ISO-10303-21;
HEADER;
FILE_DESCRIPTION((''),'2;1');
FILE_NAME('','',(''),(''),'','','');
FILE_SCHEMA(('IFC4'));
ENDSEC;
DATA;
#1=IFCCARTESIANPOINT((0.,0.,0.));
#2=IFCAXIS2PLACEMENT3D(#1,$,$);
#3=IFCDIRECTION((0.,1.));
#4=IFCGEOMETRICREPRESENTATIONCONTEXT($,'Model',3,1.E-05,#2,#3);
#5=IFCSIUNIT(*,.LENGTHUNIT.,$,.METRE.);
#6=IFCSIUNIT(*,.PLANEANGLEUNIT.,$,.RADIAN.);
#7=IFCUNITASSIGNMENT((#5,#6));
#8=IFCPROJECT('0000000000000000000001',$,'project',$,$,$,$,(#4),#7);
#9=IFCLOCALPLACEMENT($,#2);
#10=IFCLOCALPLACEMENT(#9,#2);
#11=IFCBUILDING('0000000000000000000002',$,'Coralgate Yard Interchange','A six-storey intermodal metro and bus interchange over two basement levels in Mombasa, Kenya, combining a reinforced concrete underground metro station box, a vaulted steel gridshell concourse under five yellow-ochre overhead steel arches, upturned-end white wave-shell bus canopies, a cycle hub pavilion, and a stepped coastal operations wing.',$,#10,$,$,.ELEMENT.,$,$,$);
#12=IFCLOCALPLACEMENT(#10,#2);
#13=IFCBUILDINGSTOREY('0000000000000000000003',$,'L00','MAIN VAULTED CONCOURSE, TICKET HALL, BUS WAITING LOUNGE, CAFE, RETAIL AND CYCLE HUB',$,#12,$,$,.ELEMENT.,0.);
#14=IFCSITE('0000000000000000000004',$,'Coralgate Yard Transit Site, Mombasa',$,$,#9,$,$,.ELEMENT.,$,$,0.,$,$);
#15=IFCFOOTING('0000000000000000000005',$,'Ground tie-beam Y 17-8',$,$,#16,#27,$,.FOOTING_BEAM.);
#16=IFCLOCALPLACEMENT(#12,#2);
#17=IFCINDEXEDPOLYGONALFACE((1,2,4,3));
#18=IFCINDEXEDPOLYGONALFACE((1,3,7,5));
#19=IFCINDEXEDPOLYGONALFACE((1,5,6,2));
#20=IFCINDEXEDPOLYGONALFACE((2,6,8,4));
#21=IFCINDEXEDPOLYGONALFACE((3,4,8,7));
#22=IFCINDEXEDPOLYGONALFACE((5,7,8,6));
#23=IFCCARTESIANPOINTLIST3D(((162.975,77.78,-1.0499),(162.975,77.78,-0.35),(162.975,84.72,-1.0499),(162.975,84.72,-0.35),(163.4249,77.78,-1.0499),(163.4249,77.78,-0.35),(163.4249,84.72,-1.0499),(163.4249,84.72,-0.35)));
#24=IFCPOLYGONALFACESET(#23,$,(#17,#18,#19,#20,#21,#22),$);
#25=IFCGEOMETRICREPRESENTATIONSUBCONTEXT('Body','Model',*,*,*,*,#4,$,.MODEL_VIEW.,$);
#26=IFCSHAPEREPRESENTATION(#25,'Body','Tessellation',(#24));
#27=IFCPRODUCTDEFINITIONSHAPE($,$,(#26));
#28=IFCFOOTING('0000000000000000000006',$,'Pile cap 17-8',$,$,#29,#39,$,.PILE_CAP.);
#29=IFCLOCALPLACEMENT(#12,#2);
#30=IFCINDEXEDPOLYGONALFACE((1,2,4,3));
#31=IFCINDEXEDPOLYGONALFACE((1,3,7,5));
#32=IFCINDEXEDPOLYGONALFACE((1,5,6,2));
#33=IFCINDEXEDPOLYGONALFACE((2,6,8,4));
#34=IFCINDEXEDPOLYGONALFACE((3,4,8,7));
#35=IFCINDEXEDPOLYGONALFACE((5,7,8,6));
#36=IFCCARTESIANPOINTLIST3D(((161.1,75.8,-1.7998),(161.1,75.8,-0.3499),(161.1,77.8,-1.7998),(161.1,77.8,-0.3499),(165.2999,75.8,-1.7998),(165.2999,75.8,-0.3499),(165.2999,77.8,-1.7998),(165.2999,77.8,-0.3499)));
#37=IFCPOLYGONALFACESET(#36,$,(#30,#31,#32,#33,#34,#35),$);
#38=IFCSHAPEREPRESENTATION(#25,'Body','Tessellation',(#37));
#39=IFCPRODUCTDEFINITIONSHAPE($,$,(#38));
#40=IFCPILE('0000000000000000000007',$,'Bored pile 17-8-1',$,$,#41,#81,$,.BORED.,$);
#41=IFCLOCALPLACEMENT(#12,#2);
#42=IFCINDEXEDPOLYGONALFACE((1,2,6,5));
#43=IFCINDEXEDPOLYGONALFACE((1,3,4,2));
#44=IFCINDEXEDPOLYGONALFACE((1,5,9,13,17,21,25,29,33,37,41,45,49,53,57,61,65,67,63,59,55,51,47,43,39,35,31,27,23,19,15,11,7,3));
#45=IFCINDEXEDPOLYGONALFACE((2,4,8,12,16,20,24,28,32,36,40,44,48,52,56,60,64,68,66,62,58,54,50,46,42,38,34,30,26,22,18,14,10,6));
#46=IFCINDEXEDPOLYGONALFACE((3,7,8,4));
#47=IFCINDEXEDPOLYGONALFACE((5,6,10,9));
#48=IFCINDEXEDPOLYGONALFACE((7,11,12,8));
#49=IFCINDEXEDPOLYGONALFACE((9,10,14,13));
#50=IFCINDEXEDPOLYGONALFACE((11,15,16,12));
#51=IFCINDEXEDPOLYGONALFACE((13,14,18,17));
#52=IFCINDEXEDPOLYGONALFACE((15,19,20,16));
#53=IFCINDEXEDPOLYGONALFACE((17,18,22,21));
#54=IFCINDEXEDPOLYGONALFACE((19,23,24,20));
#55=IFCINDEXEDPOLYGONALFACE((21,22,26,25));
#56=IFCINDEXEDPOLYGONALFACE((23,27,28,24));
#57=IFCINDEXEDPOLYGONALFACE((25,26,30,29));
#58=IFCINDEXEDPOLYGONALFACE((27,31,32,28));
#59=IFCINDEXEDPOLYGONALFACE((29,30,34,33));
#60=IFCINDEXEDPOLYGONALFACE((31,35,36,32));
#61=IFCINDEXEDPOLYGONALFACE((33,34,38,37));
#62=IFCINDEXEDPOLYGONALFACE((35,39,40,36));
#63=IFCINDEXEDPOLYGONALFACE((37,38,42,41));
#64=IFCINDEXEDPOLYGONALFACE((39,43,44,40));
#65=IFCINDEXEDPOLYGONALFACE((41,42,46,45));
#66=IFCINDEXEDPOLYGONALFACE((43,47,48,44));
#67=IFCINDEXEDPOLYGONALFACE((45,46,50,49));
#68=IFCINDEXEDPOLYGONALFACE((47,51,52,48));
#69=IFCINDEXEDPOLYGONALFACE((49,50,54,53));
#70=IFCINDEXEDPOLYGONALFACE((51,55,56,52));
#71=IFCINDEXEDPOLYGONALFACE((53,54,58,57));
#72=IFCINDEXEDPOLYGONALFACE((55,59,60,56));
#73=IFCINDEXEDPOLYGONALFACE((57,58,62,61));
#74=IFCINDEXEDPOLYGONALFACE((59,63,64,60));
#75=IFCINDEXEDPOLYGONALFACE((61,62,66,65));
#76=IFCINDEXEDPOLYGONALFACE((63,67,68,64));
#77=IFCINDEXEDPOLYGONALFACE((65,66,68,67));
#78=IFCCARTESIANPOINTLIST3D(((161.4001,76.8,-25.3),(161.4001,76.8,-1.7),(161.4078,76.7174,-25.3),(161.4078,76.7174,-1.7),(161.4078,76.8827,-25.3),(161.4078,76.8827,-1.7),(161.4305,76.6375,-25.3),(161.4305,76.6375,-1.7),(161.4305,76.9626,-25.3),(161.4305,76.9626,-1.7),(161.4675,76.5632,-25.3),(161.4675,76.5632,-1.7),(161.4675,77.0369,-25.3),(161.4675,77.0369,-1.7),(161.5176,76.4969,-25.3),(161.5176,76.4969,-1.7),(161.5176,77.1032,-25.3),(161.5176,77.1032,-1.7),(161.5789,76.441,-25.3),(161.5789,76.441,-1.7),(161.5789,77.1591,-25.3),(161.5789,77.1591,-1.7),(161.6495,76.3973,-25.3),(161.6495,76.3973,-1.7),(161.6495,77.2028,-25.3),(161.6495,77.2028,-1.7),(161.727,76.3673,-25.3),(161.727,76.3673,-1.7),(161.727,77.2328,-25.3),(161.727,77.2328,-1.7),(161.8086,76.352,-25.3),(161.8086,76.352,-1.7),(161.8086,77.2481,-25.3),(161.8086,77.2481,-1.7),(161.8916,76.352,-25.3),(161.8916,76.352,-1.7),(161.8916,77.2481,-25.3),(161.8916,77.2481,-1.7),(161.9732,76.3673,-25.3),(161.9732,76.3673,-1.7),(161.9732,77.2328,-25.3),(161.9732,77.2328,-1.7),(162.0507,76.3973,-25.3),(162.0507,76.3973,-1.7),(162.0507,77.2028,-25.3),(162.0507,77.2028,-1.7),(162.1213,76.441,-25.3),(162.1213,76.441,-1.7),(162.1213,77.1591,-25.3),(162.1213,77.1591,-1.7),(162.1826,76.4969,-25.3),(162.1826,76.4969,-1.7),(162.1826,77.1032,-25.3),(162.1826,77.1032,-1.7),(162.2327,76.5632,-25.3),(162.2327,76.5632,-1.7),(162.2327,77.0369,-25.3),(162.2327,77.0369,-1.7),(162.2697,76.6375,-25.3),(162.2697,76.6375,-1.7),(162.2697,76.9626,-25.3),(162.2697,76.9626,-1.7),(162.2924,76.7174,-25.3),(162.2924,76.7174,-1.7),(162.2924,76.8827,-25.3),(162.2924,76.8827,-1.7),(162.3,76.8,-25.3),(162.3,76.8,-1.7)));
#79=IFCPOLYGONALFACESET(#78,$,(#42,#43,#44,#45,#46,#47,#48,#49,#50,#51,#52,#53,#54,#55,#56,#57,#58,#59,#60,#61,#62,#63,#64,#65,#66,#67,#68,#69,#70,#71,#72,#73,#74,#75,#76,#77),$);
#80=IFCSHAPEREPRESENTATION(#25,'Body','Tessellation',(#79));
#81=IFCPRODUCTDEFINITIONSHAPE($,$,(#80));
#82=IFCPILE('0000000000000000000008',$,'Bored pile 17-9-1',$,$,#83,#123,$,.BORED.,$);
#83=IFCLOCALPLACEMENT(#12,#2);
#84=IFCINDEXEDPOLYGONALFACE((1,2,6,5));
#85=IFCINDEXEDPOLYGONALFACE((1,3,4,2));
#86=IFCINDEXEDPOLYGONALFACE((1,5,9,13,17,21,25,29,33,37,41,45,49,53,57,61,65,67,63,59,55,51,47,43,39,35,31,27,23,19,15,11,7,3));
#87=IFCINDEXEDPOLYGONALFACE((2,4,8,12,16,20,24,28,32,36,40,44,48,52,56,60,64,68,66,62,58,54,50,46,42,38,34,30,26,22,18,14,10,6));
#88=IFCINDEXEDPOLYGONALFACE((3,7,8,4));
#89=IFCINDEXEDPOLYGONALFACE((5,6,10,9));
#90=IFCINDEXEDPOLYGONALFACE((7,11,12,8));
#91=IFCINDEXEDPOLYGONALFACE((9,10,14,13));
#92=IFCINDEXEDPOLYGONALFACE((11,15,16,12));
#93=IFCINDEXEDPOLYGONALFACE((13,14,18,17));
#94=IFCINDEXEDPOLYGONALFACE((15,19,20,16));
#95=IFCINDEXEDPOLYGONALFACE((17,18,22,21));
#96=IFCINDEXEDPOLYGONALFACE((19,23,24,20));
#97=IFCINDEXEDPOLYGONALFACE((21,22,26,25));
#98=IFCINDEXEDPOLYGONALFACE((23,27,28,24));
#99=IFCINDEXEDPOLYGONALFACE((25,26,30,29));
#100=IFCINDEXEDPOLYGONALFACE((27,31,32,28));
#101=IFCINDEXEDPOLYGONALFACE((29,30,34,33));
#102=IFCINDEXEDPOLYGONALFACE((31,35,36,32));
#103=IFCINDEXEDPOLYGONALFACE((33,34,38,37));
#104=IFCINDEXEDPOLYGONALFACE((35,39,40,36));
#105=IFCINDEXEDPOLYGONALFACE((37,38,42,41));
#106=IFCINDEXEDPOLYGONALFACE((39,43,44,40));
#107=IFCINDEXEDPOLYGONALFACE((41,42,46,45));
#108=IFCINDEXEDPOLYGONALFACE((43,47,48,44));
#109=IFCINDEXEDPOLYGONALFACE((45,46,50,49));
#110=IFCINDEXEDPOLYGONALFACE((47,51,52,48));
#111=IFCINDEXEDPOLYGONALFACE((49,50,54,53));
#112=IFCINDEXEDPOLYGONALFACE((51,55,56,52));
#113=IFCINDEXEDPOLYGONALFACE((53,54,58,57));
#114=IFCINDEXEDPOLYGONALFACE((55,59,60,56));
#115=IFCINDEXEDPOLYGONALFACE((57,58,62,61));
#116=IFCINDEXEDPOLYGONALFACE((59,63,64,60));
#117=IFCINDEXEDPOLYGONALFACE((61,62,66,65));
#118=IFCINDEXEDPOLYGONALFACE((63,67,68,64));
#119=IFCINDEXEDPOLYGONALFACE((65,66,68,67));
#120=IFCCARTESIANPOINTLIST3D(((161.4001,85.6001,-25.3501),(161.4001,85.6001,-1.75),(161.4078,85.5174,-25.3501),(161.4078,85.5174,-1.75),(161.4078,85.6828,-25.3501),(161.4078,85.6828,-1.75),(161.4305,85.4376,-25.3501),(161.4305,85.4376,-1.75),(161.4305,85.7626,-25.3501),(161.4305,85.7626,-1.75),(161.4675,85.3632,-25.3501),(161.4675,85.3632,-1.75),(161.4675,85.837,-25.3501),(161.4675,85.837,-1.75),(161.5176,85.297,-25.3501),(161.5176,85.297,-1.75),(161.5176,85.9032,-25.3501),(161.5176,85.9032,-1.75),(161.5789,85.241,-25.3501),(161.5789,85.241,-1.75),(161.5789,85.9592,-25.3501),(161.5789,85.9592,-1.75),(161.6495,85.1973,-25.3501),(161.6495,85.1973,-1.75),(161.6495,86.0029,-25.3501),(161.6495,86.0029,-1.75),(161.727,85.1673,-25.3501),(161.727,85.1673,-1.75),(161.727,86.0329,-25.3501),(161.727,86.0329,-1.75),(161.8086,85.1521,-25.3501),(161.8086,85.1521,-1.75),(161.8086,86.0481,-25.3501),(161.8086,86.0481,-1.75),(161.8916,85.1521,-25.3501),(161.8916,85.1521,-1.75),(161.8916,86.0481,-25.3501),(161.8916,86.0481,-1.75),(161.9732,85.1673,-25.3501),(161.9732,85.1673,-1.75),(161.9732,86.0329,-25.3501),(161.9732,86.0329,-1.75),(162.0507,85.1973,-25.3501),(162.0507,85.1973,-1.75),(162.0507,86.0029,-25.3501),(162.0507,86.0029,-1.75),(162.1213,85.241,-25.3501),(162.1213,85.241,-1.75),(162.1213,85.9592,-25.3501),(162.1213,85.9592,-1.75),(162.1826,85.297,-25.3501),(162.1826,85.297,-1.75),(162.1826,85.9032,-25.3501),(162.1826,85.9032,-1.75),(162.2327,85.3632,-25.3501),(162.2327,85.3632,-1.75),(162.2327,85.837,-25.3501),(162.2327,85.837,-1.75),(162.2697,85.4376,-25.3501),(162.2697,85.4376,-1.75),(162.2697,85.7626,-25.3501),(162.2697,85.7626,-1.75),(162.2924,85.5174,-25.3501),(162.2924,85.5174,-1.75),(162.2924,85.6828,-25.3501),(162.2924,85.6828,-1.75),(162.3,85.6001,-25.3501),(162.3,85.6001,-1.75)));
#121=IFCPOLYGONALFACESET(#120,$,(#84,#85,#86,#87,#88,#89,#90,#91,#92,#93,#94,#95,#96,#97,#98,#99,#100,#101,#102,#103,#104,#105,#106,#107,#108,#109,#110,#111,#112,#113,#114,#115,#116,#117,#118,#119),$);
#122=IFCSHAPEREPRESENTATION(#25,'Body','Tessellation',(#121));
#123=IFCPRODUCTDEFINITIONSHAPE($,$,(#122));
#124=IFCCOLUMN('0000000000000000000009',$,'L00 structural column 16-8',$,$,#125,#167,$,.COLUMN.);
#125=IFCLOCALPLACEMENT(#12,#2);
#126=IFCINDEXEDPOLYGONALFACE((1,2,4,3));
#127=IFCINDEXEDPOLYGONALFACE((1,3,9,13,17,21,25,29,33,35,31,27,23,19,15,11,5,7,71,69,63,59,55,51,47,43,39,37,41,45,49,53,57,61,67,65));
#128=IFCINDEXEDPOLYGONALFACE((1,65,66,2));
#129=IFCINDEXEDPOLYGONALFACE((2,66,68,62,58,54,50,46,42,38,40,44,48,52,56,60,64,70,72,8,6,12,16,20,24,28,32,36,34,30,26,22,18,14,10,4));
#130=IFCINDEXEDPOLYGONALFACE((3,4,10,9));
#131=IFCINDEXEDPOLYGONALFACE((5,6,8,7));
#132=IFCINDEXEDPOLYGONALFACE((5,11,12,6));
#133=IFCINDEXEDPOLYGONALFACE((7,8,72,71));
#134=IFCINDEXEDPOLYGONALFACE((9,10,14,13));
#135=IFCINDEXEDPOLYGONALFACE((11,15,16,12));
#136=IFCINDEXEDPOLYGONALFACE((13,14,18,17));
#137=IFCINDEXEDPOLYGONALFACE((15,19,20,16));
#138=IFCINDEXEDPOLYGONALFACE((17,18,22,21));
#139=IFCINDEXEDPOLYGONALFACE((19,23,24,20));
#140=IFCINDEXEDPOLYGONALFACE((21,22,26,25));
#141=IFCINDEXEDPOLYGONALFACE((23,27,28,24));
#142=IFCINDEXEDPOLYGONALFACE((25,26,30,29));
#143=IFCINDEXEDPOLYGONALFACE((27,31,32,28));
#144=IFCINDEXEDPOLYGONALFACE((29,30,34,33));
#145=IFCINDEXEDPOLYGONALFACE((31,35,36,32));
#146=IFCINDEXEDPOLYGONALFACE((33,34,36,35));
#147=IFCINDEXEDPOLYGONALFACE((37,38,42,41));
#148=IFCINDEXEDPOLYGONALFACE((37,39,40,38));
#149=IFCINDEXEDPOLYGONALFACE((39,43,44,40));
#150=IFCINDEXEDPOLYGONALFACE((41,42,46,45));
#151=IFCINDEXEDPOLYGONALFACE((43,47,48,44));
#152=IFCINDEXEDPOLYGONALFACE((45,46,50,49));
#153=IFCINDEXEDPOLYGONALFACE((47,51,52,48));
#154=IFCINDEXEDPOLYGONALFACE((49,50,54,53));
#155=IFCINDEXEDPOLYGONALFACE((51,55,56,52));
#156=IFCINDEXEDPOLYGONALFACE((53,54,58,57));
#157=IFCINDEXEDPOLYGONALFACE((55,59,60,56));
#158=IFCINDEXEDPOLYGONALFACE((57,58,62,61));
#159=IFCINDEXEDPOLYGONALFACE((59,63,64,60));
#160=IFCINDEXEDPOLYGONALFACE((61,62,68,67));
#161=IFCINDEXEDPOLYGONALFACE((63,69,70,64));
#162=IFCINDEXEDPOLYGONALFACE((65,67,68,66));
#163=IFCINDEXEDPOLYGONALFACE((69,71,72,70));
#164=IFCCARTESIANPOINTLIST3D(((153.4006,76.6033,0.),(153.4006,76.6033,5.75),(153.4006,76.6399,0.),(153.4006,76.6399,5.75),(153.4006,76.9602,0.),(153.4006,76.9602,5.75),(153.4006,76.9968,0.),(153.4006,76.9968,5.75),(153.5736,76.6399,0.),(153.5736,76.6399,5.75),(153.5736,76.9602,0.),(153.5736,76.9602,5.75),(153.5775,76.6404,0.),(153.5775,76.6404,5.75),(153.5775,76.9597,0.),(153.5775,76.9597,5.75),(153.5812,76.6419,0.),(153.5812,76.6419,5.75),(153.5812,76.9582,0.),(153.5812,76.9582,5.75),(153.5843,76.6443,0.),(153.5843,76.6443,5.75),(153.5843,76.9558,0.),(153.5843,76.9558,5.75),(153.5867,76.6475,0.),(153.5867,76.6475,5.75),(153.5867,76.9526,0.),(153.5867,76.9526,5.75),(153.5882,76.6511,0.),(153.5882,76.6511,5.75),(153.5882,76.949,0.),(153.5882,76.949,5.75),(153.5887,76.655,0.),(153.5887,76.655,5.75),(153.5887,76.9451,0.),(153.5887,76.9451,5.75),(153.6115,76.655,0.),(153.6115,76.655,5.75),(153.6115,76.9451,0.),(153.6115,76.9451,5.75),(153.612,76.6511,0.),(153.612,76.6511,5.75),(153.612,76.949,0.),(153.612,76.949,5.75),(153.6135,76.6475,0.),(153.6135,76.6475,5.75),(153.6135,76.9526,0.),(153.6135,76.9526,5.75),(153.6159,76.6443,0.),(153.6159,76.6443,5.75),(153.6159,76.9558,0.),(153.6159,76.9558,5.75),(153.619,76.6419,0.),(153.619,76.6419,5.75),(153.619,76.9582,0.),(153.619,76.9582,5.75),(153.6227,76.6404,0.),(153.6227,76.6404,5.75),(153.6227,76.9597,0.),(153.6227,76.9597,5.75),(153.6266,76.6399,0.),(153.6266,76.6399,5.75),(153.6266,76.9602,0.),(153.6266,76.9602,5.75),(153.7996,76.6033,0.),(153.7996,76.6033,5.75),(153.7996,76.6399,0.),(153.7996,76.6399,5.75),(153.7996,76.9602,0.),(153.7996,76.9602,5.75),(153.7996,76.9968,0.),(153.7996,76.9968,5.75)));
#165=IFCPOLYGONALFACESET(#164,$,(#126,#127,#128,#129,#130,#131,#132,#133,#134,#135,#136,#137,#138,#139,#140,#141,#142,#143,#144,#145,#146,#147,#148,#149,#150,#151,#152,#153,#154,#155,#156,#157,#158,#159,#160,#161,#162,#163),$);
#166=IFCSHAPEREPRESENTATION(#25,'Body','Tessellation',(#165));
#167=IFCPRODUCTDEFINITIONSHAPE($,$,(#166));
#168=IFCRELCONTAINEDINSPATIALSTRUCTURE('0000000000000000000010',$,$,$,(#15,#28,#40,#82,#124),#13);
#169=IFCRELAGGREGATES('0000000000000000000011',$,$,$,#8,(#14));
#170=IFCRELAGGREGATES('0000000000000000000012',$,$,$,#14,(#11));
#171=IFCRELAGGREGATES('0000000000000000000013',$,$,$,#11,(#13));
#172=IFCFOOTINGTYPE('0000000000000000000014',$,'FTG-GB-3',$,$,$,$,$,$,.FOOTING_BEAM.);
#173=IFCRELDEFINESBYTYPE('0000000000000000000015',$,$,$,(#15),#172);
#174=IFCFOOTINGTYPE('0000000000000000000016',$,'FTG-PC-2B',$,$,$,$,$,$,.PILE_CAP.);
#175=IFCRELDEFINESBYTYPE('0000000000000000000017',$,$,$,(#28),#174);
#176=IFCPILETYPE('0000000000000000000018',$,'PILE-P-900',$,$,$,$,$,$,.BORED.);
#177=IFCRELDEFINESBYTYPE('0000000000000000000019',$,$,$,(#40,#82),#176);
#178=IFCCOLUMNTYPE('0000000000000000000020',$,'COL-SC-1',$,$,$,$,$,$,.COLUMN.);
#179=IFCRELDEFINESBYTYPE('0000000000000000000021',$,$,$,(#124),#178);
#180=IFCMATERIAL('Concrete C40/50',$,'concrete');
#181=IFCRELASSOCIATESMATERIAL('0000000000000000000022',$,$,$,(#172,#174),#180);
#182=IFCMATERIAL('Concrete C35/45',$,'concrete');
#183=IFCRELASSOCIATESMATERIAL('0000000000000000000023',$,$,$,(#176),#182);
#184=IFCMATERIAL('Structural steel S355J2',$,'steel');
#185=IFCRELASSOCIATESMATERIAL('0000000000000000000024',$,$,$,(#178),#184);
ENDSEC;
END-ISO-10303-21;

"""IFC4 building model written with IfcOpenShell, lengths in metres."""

from ifc_helpers import new_model, si_unit, direction, frame, origin, origin_2d, place, context, subcontext, project, spatial, rectangle, circle, i_section, extrude, material, material_profile, profile_set, type_object, element, save


model = new_model("IFC4")

# Units and contexts
model_context = context("Model", 3, precision=1e-05, world=origin(), true_north=direction((0.0, 1.0)))
body_context = subcontext(model_context, "Body", "Model", "MODEL_VIEW")
ifc_project = project(units=[si_unit("LENGTHUNIT", "METRE"), si_unit("PLANEANGLEUNIT", "RADIAN")], contexts=[model_context])

# Site, building, storey
site_placement = place(None, origin())
site = spatial("IfcSite", under=ifc_project, at=site_placement, Name="Coralgate Yard Transit Site, Mombasa", CompositionType="ELEMENT", RefElevation=0.0)
building_placement = place(site_placement, origin())
building = spatial("IfcBuilding", under=site, at=building_placement, Name="Coralgate Yard Interchange", Description="A six-storey intermodal metro and bus interchange over two basement levels in Mombasa, Kenya, combining a reinforced concrete underground metro station box, a vaulted steel gridshell concourse under five yellow-ochre overhead steel arches, upturned-end white wave-shell bus canopies, a cycle hub pavilion, and a stepped coastal operations wing.", CompositionType="ELEMENT")
storey_placement = place(building_placement, origin())
storey = spatial("IfcBuildingStorey", under=building, at=storey_placement, Name="L00", Description="MAIN VAULTED CONCOURSE, TICKET HALL, BUS WAITING LOUNGE, CAFE, RETAIL AND CYCLE HUB", CompositionType="ELEMENT", Elevation=0.0)

# Footings
ifc_material_1 = material(Name="Concrete C40/50", Category="concrete")
ifc_material_profile_1 = material_profile(ifc_material_1, rectangle(XDim=0.45, YDim=0.7, at=origin_2d()), Name="RC 450x700")
ifc_profile_set_1 = profile_set([ifc_material_profile_1], Name="Concrete C40/50")
footing_type_1 = type_object("IfcFootingType", Name="FTG-GB-3", PredefinedType="FOOTING_BEAM", material=ifc_profile_set_1)
footing_1_placement = place(storey_placement, frame((163.2, 77.78, -0.7), z_axis=(0.0, 1.0, 0.0), x_axis=(-1.0, 0.0, 0.0)))
element("IfcFooting", 1, at=footing_1_placement, inside=storey, type_object=footing_type_1, Name="Ground tie-beam Y 17-8", PredefinedType="FOOTING_BEAM", context=body_context, shape_type="SweptSolid", body=[
    extrude(rectangle(XDim=0.45, YDim=0.7, at=origin_2d()), origin(), (0.0, 0.0, 1.0), 6.9399),
])
footing_type_2 = type_object("IfcFootingType", Name="FTG-PC-2B", PredefinedType="PILE_CAP", material=ifc_material_1)
footing_2_placement = place(storey_placement, frame((163.2, 76.8, -1.7998), z_axis=(0.0, 0.0, 1.0), x_axis=(1.0, 0.0, 0.0)))
element("IfcFooting", 2, at=footing_2_placement, inside=storey, type_object=footing_type_2, Name="Pile cap 17-8", PredefinedType="PILE_CAP", context=body_context, shape_type="SweptSolid", body=[
    extrude(rectangle(XDim=4.2, YDim=2.0, at=origin_2d()), origin(), (0.0, 0.0, 1.0), 1.45),
])

# Piles
ifc_material_2 = material(Name="Concrete C35/45", Category="concrete")
ifc_material_profile_2 = material_profile(ifc_material_2, circle(Radius=0.45, at=origin_2d()), Name="BORED PILE D900")
ifc_profile_set_2 = profile_set([ifc_material_profile_2], Name="Concrete C35/45")
pile_type = type_object("IfcPileType", Name="PILE-P-900", PredefinedType="BORED", material=ifc_profile_set_2)
for number, where, z_axis, x_axis, name in (
    (3, (161.8501, 76.8, -1.7), (0.0, 0.0, -1.0), (1.0, 0.0, 0.0), "Bored pile 17-8-1"),
    (4, (161.8501, 85.6001, -1.75), (0.0, 0.0, -1.0), (1.0, 0.0, 0.0), "Bored pile 17-9-1"),
):
    element("IfcPile", number, at=place(storey_placement, frame(where, z_axis=z_axis, x_axis=x_axis)), inside=storey, type_object=pile_type, Name=name, PredefinedType="BORED", context=body_context, shape_type="SweptSolid", body=[
        extrude(circle(Radius=0.45, at=origin_2d()), origin(), (0.0, 0.0, 1.0), 23.6001),
    ])

# Column
ifc_material_3 = material(Name="Structural steel S355J2", Category="steel")
ifc_material_profile_3 = material_profile(ifc_material_3, i_section(OverallWidth=0.3989, OverallDepth=0.3936, WebThickness=0.0227, FlangeThickness=0.0366, FilletRadius=0.0151, at=origin_2d()), Name="UC 356x406x287")
ifc_profile_set_3 = profile_set([ifc_material_profile_3], Name="Structural steel S355J2")
column_type = type_object("IfcColumnType", Name="COL-SC-1", PredefinedType="COLUMN", material=ifc_profile_set_3)
column_1_placement = place(storey_placement, frame((153.6001, 76.8, 0.0), z_axis=(0.0, 0.0, 1.0), x_axis=(1.0, 0.0, 0.0)))
element("IfcColumn", 5, at=column_1_placement, inside=storey, type_object=column_type, Name="L00 structural column 16-8", PredefinedType="COLUMN", context=body_context, shape_type="SweptSolid", body=[
    extrude(i_section(OverallWidth=0.3989, OverallDepth=0.3936, WebThickness=0.0227, FlangeThickness=0.0366, FilletRadius=0.0151, at=origin_2d()), origin(), (0.0, 0.0, 1.0), 5.75),
])

save(model, "model.ifc")
